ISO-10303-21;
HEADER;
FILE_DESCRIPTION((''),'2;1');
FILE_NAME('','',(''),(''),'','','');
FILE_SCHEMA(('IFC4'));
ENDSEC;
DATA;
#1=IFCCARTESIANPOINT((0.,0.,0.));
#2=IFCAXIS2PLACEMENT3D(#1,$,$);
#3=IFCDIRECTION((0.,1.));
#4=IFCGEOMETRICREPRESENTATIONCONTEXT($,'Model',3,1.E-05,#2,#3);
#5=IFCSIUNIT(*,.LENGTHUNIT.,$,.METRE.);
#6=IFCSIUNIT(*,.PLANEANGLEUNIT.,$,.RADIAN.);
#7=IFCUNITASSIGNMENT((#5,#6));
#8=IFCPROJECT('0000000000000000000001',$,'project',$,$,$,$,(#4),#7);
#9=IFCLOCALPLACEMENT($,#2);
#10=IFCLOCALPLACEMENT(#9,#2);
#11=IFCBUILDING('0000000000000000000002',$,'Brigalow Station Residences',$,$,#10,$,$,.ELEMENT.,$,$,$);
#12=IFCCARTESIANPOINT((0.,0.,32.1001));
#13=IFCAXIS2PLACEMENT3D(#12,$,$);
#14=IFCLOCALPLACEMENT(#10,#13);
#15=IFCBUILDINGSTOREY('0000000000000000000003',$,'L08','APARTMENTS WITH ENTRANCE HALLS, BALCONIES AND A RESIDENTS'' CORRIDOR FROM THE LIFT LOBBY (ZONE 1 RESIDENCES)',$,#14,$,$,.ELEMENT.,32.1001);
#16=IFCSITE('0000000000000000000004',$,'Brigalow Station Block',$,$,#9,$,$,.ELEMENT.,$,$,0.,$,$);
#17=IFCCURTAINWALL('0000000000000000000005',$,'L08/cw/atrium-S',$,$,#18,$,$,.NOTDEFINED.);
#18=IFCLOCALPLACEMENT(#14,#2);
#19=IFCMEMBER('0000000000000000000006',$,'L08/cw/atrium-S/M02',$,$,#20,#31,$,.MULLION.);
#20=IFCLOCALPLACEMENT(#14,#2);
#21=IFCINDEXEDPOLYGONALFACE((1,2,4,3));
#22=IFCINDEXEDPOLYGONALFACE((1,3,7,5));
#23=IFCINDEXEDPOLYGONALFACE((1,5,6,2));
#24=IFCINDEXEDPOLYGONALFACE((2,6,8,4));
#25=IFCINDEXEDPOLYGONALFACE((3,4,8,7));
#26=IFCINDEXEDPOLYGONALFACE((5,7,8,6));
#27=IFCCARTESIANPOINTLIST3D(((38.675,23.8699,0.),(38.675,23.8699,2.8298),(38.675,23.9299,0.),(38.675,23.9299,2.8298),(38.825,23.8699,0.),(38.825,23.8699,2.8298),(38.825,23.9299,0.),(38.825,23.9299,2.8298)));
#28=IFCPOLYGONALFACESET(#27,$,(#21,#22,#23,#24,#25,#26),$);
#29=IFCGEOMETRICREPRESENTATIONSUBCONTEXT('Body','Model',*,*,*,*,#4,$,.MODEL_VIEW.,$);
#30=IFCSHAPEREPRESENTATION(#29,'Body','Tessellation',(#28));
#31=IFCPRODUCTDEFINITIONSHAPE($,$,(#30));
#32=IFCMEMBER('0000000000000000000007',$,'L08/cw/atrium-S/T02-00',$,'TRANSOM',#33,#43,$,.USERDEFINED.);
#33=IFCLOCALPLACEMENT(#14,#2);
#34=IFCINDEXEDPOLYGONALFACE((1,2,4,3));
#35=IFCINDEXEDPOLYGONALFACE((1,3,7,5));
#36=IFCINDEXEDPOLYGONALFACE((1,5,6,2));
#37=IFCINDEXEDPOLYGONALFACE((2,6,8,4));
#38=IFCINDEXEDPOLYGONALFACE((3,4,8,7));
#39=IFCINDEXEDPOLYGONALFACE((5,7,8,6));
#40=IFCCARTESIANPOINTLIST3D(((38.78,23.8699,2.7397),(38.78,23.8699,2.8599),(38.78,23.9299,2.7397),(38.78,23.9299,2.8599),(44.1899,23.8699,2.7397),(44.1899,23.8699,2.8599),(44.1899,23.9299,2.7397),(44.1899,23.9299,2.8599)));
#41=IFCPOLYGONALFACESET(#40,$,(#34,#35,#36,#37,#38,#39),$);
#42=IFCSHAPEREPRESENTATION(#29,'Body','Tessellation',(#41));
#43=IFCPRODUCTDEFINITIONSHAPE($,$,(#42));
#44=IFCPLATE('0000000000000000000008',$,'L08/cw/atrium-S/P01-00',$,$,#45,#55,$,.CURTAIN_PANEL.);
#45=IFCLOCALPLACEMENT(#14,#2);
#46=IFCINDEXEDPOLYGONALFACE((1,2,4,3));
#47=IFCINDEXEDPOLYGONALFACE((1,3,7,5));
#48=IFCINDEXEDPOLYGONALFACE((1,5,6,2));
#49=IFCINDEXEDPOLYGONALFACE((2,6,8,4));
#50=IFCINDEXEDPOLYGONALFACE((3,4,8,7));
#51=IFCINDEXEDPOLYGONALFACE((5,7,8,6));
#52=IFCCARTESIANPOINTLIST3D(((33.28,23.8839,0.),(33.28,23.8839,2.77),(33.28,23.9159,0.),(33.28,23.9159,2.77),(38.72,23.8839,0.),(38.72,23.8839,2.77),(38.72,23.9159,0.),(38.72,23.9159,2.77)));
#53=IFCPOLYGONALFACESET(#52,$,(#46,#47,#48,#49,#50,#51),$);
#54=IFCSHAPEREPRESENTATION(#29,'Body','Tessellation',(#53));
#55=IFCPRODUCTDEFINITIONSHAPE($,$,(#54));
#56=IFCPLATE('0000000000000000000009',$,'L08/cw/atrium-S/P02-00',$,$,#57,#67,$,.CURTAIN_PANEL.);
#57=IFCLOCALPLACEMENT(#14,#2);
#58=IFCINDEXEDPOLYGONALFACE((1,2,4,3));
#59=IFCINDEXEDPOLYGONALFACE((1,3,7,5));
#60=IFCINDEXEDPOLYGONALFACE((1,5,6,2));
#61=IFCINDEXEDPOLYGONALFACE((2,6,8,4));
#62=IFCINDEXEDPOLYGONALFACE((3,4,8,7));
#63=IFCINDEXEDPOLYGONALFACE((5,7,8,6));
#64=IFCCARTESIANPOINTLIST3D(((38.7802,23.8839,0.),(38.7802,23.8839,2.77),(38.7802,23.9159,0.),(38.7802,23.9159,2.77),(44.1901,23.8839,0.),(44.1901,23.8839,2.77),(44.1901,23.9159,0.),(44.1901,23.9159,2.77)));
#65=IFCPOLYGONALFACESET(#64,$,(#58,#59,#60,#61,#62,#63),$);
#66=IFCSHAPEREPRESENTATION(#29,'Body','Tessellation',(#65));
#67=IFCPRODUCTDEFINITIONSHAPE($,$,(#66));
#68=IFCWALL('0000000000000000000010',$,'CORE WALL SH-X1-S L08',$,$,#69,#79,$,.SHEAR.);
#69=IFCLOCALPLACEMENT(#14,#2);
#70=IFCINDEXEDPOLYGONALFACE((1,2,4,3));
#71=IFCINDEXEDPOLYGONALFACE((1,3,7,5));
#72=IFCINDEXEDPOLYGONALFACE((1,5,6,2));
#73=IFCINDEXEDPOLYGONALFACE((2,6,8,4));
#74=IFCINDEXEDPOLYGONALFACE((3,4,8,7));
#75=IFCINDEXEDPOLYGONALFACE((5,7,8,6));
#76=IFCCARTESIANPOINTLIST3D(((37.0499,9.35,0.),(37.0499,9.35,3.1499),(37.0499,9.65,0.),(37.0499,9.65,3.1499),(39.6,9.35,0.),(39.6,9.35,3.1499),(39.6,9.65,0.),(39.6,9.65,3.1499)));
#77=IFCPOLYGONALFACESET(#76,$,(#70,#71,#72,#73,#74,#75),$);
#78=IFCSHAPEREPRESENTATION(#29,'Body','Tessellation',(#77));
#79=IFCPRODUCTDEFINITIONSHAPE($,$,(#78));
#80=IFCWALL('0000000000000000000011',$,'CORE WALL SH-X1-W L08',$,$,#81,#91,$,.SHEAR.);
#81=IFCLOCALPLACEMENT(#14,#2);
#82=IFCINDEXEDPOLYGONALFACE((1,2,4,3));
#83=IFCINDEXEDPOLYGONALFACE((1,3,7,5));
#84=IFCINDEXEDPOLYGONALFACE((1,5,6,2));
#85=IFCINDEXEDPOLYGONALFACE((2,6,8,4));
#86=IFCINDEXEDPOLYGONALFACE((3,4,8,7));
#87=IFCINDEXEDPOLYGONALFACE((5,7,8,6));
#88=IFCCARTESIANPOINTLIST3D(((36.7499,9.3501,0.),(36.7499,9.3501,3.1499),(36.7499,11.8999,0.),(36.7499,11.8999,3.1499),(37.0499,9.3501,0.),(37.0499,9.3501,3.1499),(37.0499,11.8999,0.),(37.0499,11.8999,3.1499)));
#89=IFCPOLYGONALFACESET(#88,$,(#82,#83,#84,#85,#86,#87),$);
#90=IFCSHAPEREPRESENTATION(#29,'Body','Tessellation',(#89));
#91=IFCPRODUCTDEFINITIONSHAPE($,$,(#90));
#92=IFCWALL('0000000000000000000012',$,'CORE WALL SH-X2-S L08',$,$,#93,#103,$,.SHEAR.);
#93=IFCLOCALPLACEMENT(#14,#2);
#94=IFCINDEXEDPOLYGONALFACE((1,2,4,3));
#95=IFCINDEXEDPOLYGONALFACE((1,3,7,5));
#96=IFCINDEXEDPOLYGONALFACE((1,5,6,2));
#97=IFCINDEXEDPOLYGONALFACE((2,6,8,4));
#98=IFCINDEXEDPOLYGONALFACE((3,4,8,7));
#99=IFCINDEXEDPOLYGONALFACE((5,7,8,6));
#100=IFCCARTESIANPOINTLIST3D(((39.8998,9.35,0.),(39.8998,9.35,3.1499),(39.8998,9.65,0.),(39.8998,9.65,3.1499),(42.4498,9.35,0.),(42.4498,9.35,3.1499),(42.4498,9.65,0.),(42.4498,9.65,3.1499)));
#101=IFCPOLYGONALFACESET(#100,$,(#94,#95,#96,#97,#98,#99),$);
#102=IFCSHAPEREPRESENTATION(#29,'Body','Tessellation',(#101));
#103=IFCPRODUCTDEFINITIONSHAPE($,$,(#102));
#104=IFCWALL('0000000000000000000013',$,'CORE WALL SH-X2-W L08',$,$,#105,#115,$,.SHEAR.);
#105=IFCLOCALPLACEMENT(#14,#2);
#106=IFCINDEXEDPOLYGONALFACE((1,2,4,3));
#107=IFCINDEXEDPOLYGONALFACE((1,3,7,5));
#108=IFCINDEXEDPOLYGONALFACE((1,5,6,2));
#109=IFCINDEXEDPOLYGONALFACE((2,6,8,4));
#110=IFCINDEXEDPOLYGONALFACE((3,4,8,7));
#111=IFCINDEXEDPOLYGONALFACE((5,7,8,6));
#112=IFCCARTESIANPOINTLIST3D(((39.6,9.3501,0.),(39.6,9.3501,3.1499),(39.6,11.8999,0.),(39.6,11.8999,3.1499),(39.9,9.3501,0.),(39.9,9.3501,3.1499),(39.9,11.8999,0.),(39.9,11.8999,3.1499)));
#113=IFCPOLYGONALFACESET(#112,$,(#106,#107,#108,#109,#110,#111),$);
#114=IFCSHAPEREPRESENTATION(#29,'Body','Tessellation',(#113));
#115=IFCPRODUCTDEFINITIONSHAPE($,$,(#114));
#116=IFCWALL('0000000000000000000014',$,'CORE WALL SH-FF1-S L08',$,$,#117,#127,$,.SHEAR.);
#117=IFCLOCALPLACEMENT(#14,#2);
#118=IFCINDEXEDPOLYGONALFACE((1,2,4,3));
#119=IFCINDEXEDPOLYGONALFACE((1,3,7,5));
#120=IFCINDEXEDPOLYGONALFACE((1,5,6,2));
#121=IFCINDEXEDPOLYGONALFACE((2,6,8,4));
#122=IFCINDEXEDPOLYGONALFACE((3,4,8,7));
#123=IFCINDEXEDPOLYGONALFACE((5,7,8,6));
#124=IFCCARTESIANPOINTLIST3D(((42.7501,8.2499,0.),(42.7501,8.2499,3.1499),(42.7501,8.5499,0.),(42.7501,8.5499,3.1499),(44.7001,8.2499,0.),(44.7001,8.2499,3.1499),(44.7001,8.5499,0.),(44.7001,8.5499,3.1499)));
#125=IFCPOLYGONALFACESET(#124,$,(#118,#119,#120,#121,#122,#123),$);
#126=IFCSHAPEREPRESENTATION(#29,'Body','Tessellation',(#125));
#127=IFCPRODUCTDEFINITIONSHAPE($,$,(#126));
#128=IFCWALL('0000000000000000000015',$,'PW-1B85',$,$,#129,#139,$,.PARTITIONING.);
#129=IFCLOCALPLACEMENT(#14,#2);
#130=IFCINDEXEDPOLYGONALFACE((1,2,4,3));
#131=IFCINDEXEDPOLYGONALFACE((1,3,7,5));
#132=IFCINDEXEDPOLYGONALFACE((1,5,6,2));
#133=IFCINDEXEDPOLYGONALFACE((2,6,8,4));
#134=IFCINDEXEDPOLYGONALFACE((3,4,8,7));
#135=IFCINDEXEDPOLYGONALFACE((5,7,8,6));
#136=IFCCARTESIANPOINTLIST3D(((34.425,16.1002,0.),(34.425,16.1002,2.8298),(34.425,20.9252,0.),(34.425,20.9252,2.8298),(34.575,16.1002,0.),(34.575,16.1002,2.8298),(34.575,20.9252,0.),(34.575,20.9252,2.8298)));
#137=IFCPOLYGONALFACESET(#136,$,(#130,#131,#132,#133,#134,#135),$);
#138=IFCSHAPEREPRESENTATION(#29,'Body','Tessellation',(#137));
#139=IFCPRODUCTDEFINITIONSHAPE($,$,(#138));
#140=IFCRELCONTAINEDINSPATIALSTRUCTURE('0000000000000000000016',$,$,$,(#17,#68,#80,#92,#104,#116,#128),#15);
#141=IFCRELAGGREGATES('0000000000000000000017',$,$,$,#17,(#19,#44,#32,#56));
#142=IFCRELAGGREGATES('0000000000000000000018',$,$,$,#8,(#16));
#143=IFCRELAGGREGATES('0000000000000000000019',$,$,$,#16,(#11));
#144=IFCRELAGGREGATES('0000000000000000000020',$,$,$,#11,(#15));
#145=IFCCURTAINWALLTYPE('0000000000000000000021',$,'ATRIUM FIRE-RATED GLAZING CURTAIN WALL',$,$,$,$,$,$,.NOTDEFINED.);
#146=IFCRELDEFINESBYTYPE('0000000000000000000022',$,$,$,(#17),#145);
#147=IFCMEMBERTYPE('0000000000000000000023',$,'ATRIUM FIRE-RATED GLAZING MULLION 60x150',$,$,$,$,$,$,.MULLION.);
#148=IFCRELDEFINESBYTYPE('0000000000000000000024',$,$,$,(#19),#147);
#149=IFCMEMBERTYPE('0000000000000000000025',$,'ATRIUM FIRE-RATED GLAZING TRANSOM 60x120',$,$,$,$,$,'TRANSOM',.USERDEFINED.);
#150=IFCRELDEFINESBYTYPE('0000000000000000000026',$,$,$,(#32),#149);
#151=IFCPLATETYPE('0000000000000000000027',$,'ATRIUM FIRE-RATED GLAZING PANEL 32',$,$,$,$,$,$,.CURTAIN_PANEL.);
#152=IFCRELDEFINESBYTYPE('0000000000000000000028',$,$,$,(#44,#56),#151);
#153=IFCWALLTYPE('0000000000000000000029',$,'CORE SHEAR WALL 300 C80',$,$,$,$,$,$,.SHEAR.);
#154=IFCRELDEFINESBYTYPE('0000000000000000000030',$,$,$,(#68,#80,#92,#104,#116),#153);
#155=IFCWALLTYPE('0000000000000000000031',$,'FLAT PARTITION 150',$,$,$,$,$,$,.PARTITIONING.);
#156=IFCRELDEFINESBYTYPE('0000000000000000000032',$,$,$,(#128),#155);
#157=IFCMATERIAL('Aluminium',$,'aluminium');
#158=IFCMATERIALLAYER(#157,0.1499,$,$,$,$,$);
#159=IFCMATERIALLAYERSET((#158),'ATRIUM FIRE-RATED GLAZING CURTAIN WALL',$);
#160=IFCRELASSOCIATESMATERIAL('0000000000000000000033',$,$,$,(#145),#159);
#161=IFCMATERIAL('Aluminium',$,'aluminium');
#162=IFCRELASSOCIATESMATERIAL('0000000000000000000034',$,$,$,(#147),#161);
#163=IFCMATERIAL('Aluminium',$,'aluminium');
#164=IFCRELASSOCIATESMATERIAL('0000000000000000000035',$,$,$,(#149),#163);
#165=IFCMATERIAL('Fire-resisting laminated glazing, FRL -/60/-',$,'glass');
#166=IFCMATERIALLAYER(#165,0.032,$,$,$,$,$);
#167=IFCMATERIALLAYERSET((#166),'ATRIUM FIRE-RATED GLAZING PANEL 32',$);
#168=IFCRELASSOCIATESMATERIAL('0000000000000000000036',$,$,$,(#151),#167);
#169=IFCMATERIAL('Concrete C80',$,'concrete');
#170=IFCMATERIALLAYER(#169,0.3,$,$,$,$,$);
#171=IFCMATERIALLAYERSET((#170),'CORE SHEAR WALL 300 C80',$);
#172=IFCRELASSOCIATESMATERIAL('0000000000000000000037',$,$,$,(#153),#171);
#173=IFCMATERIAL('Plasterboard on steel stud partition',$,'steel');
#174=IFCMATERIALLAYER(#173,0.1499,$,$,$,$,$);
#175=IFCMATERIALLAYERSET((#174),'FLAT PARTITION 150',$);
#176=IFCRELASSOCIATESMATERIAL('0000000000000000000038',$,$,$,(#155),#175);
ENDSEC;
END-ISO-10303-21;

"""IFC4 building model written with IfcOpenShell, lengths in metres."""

from ifc_helpers import new_model, si_unit, direction, frame, frame_2d, origin, origin_2d, place, context, subcontext, project, spatial, rectangle, extrude, material, layer, layer_set, material_profile, profile_set, type_object, element, aggregate, save


model = new_model("IFC4")

# Units and contexts
model_context = context("Model", 3, precision=1e-05, world=origin(), true_north=direction((0.0, 1.0)))
body_context = subcontext(model_context, "Body", "Model", "MODEL_VIEW")
ifc_project = project(units=[si_unit("LENGTHUNIT", "METRE"), si_unit("PLANEANGLEUNIT", "RADIAN")], contexts=[model_context])

# Site, building, storey
site_placement = place(None, origin())
site = spatial("IfcSite", under=ifc_project, at=site_placement, Name="Brigalow Station Block", CompositionType="ELEMENT", RefElevation=0.0)
building_placement = place(site_placement, origin())
building = spatial("IfcBuilding", under=site, at=building_placement, Name="Brigalow Station Residences", CompositionType="ELEMENT")
storey_placement = place(building_placement, frame((0.0, 0.0, 32.1001)))
storey = spatial("IfcBuildingStorey", under=building, at=storey_placement, Name="L08", Description="APARTMENTS WITH ENTRANCE HALLS, BALCONIES AND A RESIDENTS' CORRIDOR FROM THE LIFT LOBBY (ZONE 1 RESIDENCES)", CompositionType="ELEMENT", Elevation=32.1001)

# Curtain wall, members, plates
ifc_material_1 = material(Name="Aluminium", Category="aluminium")
ifc_layer_1 = layer(ifc_material_1, 0.1499)
ifc_layer_set_1 = layer_set([ifc_layer_1], Name="ATRIUM FIRE-RATED GLAZING CURTAIN WALL")
curtain_wall_type = type_object("IfcCurtainWallType", Name="ATRIUM FIRE-RATED GLAZING CURTAIN WALL", PredefinedType="NOTDEFINED", material=ifc_layer_set_1)
curtain_wall_placement = place(storey_placement, origin())
curtain_wall = element("IfcCurtainWall", 1, at=curtain_wall_placement, inside=storey, type_object=curtain_wall_type, Name="L08/cw/atrium-S", PredefinedType="NOTDEFINED")
ifc_material_2 = material(Name="Aluminium", Category="aluminium")
ifc_material_profile_1 = material_profile(ifc_material_2, rectangle(XDim=0.0601, YDim=0.1499, at=origin_2d()), Name="ATRIUM FIRE-RATED GLAZING MULLION 60x150")
ifc_profile_set_1 = profile_set([ifc_material_profile_1], Name="Aluminium")
member_type_1 = type_object("IfcMemberType", Name="ATRIUM FIRE-RATED GLAZING MULLION 60x150", PredefinedType="MULLION", material=ifc_profile_set_1)
member_1_placement = place(storey_placement, frame((38.75, 23.8999, 0.0), z_axis=(0.0, 0.0, 1.0), x_axis=(0.0, 1.0, 0.0)))
member_1 = element("IfcMember", 2, at=member_1_placement, type_object=member_type_1, Name="L08/cw/atrium-S/M02", PredefinedType="MULLION", context=body_context, shape_type="SweptSolid", body=[
    extrude(rectangle(XDim=0.0601, YDim=0.1499, at=origin_2d()), origin(), (0.0, 0.0, 1.0), 2.8298),
])
ifc_material_3 = material(Name="Aluminium", Category="aluminium")
ifc_material_profile_2 = material_profile(ifc_material_3, rectangle(XDim=0.0601, YDim=0.1201, at=origin_2d()), Name="ATRIUM FIRE-RATED GLAZING TRANSOM 60x120")
ifc_profile_set_2 = profile_set([ifc_material_profile_2], Name="Aluminium")
member_type_2 = type_object("IfcMemberType", Name="ATRIUM FIRE-RATED GLAZING TRANSOM 60x120", ElementType="TRANSOM", PredefinedType="USERDEFINED", material=ifc_profile_set_2)
member_2_placement = place(storey_placement, frame((38.78, 23.8999, 2.7998), z_axis=(1.0, 0.0, 0.0), x_axis=(0.0, 1.0, 0.0)))
member_2 = element("IfcMember", 3, at=member_2_placement, type_object=member_type_2, Name="L08/cw/atrium-S/T02-00", ObjectType="TRANSOM", PredefinedType="USERDEFINED", context=body_context, shape_type="SweptSolid", body=[
    extrude(rectangle(XDim=0.0601, YDim=0.1201, at=origin_2d()), origin(), (0.0, 0.0, 1.0), 5.4099),
])
ifc_material_4 = material(Name="Fire-resisting laminated glazing, FRL -/60/-", Category="glass")
ifc_layer_2 = layer(ifc_material_4, 0.032)
ifc_layer_set_2 = layer_set([ifc_layer_2], Name="ATRIUM FIRE-RATED GLAZING PANEL 32")
plate_type = type_object("IfcPlateType", Name="ATRIUM FIRE-RATED GLAZING PANEL 32", PredefinedType="CURTAIN_PANEL", material=ifc_layer_set_2)
plate_1_placement = place(storey_placement, frame((36.0, 23.8999, 0.0), z_axis=(0.0, 0.0, 1.0), x_axis=(1.0, 0.0, 0.0)))
plate_1 = element("IfcPlate", 4, at=plate_1_placement, type_object=plate_type, Name="L08/cw/atrium-S/P01-00", PredefinedType="CURTAIN_PANEL", context=body_context, shape_type="SweptSolid", body=[
    extrude(rectangle(XDim=5.4399, YDim=0.032, at=origin_2d()), origin(), (0.0, 0.0, 1.0), 2.77),
])
plate_2_placement = place(storey_placement, frame((41.4851, 23.8999, 0.0), z_axis=(0.0, 0.0, 1.0), x_axis=(1.0, 0.0, 0.0)))
plate_2 = element("IfcPlate", 5, at=plate_2_placement, type_object=plate_type, Name="L08/cw/atrium-S/P02-00", PredefinedType="CURTAIN_PANEL", context=body_context, shape_type="SweptSolid", body=[
    extrude(rectangle(XDim=5.4099, YDim=0.032, at=origin_2d()), origin(), (0.0, 0.0, 1.0), 2.77),
])
aggregate(curtain_wall, [member_1, plate_1, member_2, plate_2])

# Walls
ifc_material_5 = material(Name="Concrete C80", Category="concrete")
ifc_layer_3 = layer(ifc_material_5, 0.3)
ifc_layer_set_3 = layer_set([ifc_layer_3], Name="CORE SHEAR WALL 300 C80")
wall_type_1 = type_object("IfcWallType", Name="CORE SHEAR WALL 300 C80", PredefinedType="SHEAR", material=ifc_layer_set_3)
wall_1_placement = place(storey_placement, frame((37.05, 9.5, 0.0), z_axis=(0.0, 0.0, 1.0), x_axis=(1.0, 0.0, 0.0)))
element("IfcWall", 6, at=wall_1_placement, inside=storey, type_object=wall_type_1, Name="CORE WALL SH-X1-S L08", PredefinedType="SHEAR", context=body_context, shape_type="SweptSolid", body=[
    extrude(rectangle(XDim=2.55, YDim=0.3, at=frame_2d((1.2749, 0.0))), origin(), (0.0, 0.0, 1.0), 3.1499),
])
wall_2_placement = place(storey_placement, frame((36.8999, 9.3501, 0.0), z_axis=(0.0, 0.0, 1.0), x_axis=(0.0, 1.0, 0.0)))
element("IfcWall", 7, at=wall_2_placement, inside=storey, type_object=wall_type_1, Name="CORE WALL SH-X1-W L08", PredefinedType="SHEAR", context=body_context, shape_type="SweptSolid", body=[
    extrude(rectangle(XDim=2.5498, YDim=0.3, at=frame_2d((1.2749, 0.0))), origin(), (0.0, 0.0, 1.0), 3.1499),
])
wall_3_placement = place(storey_placement, frame((39.8999, 9.5, 0.0), z_axis=(0.0, 0.0, 1.0), x_axis=(1.0, 0.0, 0.0)))
element("IfcWall", 8, at=wall_3_placement, inside=storey, type_object=wall_type_1, Name="CORE WALL SH-X2-S L08", PredefinedType="SHEAR", context=body_context, shape_type="SweptSolid", body=[
    extrude(rectangle(XDim=2.55, YDim=0.3, at=frame_2d((1.2749, 0.0))), origin(), (0.0, 0.0, 1.0), 3.1499),
])
wall_4_placement = place(storey_placement, frame((39.75, 9.3501, 0.0), z_axis=(0.0, 0.0, 1.0), x_axis=(0.0, 1.0, 0.0)))
element("IfcWall", 9, at=wall_4_placement, inside=storey, type_object=wall_type_1, Name="CORE WALL SH-X2-W L08", PredefinedType="SHEAR", context=body_context, shape_type="SweptSolid", body=[
    extrude(rectangle(XDim=2.5498, YDim=0.3, at=frame_2d((1.2749, 0.0))), origin(), (0.0, 0.0, 1.0), 3.1499),
])
wall_5_placement = place(storey_placement, frame((42.75, 8.3999, 0.0), z_axis=(0.0, 0.0, 1.0), x_axis=(1.0, 0.0, 0.0)))
element("IfcWall", 10, at=wall_5_placement, inside=storey, type_object=wall_type_1, Name="CORE WALL SH-FF1-S L08", PredefinedType="SHEAR", context=body_context, shape_type="SweptSolid", body=[
    extrude(rectangle(XDim=1.95, YDim=0.3, at=frame_2d((0.9751, 0.0))), origin(), (0.0, 0.0, 1.0), 3.1499),
])
ifc_material_6 = material(Name="Plasterboard on steel stud partition", Category="steel")
ifc_layer_4 = layer(ifc_material_6, 0.1499)
ifc_layer_set_4 = layer_set([ifc_layer_4], Name="FLAT PARTITION 150")
wall_type_2 = type_object("IfcWallType", Name="FLAT PARTITION 150", PredefinedType="PARTITIONING", material=ifc_layer_set_4)
wall_6_placement = place(storey_placement, frame((34.5, 16.1001, 0.0), z_axis=(0.0, 0.0, 1.0), x_axis=(0.0, 1.0, 0.0)))
element("IfcWall", 11, at=wall_6_placement, inside=storey, type_object=wall_type_2, Name="PW-1B85", PredefinedType="PARTITIONING", context=body_context, shape_type="SweptSolid", body=[
    extrude(rectangle(XDim=4.825, YDim=0.1499, at=frame_2d((2.4126, 0.0))), origin(), (0.0, 0.0, 1.0), 2.8298),
])

save(model, "model.ifc")
